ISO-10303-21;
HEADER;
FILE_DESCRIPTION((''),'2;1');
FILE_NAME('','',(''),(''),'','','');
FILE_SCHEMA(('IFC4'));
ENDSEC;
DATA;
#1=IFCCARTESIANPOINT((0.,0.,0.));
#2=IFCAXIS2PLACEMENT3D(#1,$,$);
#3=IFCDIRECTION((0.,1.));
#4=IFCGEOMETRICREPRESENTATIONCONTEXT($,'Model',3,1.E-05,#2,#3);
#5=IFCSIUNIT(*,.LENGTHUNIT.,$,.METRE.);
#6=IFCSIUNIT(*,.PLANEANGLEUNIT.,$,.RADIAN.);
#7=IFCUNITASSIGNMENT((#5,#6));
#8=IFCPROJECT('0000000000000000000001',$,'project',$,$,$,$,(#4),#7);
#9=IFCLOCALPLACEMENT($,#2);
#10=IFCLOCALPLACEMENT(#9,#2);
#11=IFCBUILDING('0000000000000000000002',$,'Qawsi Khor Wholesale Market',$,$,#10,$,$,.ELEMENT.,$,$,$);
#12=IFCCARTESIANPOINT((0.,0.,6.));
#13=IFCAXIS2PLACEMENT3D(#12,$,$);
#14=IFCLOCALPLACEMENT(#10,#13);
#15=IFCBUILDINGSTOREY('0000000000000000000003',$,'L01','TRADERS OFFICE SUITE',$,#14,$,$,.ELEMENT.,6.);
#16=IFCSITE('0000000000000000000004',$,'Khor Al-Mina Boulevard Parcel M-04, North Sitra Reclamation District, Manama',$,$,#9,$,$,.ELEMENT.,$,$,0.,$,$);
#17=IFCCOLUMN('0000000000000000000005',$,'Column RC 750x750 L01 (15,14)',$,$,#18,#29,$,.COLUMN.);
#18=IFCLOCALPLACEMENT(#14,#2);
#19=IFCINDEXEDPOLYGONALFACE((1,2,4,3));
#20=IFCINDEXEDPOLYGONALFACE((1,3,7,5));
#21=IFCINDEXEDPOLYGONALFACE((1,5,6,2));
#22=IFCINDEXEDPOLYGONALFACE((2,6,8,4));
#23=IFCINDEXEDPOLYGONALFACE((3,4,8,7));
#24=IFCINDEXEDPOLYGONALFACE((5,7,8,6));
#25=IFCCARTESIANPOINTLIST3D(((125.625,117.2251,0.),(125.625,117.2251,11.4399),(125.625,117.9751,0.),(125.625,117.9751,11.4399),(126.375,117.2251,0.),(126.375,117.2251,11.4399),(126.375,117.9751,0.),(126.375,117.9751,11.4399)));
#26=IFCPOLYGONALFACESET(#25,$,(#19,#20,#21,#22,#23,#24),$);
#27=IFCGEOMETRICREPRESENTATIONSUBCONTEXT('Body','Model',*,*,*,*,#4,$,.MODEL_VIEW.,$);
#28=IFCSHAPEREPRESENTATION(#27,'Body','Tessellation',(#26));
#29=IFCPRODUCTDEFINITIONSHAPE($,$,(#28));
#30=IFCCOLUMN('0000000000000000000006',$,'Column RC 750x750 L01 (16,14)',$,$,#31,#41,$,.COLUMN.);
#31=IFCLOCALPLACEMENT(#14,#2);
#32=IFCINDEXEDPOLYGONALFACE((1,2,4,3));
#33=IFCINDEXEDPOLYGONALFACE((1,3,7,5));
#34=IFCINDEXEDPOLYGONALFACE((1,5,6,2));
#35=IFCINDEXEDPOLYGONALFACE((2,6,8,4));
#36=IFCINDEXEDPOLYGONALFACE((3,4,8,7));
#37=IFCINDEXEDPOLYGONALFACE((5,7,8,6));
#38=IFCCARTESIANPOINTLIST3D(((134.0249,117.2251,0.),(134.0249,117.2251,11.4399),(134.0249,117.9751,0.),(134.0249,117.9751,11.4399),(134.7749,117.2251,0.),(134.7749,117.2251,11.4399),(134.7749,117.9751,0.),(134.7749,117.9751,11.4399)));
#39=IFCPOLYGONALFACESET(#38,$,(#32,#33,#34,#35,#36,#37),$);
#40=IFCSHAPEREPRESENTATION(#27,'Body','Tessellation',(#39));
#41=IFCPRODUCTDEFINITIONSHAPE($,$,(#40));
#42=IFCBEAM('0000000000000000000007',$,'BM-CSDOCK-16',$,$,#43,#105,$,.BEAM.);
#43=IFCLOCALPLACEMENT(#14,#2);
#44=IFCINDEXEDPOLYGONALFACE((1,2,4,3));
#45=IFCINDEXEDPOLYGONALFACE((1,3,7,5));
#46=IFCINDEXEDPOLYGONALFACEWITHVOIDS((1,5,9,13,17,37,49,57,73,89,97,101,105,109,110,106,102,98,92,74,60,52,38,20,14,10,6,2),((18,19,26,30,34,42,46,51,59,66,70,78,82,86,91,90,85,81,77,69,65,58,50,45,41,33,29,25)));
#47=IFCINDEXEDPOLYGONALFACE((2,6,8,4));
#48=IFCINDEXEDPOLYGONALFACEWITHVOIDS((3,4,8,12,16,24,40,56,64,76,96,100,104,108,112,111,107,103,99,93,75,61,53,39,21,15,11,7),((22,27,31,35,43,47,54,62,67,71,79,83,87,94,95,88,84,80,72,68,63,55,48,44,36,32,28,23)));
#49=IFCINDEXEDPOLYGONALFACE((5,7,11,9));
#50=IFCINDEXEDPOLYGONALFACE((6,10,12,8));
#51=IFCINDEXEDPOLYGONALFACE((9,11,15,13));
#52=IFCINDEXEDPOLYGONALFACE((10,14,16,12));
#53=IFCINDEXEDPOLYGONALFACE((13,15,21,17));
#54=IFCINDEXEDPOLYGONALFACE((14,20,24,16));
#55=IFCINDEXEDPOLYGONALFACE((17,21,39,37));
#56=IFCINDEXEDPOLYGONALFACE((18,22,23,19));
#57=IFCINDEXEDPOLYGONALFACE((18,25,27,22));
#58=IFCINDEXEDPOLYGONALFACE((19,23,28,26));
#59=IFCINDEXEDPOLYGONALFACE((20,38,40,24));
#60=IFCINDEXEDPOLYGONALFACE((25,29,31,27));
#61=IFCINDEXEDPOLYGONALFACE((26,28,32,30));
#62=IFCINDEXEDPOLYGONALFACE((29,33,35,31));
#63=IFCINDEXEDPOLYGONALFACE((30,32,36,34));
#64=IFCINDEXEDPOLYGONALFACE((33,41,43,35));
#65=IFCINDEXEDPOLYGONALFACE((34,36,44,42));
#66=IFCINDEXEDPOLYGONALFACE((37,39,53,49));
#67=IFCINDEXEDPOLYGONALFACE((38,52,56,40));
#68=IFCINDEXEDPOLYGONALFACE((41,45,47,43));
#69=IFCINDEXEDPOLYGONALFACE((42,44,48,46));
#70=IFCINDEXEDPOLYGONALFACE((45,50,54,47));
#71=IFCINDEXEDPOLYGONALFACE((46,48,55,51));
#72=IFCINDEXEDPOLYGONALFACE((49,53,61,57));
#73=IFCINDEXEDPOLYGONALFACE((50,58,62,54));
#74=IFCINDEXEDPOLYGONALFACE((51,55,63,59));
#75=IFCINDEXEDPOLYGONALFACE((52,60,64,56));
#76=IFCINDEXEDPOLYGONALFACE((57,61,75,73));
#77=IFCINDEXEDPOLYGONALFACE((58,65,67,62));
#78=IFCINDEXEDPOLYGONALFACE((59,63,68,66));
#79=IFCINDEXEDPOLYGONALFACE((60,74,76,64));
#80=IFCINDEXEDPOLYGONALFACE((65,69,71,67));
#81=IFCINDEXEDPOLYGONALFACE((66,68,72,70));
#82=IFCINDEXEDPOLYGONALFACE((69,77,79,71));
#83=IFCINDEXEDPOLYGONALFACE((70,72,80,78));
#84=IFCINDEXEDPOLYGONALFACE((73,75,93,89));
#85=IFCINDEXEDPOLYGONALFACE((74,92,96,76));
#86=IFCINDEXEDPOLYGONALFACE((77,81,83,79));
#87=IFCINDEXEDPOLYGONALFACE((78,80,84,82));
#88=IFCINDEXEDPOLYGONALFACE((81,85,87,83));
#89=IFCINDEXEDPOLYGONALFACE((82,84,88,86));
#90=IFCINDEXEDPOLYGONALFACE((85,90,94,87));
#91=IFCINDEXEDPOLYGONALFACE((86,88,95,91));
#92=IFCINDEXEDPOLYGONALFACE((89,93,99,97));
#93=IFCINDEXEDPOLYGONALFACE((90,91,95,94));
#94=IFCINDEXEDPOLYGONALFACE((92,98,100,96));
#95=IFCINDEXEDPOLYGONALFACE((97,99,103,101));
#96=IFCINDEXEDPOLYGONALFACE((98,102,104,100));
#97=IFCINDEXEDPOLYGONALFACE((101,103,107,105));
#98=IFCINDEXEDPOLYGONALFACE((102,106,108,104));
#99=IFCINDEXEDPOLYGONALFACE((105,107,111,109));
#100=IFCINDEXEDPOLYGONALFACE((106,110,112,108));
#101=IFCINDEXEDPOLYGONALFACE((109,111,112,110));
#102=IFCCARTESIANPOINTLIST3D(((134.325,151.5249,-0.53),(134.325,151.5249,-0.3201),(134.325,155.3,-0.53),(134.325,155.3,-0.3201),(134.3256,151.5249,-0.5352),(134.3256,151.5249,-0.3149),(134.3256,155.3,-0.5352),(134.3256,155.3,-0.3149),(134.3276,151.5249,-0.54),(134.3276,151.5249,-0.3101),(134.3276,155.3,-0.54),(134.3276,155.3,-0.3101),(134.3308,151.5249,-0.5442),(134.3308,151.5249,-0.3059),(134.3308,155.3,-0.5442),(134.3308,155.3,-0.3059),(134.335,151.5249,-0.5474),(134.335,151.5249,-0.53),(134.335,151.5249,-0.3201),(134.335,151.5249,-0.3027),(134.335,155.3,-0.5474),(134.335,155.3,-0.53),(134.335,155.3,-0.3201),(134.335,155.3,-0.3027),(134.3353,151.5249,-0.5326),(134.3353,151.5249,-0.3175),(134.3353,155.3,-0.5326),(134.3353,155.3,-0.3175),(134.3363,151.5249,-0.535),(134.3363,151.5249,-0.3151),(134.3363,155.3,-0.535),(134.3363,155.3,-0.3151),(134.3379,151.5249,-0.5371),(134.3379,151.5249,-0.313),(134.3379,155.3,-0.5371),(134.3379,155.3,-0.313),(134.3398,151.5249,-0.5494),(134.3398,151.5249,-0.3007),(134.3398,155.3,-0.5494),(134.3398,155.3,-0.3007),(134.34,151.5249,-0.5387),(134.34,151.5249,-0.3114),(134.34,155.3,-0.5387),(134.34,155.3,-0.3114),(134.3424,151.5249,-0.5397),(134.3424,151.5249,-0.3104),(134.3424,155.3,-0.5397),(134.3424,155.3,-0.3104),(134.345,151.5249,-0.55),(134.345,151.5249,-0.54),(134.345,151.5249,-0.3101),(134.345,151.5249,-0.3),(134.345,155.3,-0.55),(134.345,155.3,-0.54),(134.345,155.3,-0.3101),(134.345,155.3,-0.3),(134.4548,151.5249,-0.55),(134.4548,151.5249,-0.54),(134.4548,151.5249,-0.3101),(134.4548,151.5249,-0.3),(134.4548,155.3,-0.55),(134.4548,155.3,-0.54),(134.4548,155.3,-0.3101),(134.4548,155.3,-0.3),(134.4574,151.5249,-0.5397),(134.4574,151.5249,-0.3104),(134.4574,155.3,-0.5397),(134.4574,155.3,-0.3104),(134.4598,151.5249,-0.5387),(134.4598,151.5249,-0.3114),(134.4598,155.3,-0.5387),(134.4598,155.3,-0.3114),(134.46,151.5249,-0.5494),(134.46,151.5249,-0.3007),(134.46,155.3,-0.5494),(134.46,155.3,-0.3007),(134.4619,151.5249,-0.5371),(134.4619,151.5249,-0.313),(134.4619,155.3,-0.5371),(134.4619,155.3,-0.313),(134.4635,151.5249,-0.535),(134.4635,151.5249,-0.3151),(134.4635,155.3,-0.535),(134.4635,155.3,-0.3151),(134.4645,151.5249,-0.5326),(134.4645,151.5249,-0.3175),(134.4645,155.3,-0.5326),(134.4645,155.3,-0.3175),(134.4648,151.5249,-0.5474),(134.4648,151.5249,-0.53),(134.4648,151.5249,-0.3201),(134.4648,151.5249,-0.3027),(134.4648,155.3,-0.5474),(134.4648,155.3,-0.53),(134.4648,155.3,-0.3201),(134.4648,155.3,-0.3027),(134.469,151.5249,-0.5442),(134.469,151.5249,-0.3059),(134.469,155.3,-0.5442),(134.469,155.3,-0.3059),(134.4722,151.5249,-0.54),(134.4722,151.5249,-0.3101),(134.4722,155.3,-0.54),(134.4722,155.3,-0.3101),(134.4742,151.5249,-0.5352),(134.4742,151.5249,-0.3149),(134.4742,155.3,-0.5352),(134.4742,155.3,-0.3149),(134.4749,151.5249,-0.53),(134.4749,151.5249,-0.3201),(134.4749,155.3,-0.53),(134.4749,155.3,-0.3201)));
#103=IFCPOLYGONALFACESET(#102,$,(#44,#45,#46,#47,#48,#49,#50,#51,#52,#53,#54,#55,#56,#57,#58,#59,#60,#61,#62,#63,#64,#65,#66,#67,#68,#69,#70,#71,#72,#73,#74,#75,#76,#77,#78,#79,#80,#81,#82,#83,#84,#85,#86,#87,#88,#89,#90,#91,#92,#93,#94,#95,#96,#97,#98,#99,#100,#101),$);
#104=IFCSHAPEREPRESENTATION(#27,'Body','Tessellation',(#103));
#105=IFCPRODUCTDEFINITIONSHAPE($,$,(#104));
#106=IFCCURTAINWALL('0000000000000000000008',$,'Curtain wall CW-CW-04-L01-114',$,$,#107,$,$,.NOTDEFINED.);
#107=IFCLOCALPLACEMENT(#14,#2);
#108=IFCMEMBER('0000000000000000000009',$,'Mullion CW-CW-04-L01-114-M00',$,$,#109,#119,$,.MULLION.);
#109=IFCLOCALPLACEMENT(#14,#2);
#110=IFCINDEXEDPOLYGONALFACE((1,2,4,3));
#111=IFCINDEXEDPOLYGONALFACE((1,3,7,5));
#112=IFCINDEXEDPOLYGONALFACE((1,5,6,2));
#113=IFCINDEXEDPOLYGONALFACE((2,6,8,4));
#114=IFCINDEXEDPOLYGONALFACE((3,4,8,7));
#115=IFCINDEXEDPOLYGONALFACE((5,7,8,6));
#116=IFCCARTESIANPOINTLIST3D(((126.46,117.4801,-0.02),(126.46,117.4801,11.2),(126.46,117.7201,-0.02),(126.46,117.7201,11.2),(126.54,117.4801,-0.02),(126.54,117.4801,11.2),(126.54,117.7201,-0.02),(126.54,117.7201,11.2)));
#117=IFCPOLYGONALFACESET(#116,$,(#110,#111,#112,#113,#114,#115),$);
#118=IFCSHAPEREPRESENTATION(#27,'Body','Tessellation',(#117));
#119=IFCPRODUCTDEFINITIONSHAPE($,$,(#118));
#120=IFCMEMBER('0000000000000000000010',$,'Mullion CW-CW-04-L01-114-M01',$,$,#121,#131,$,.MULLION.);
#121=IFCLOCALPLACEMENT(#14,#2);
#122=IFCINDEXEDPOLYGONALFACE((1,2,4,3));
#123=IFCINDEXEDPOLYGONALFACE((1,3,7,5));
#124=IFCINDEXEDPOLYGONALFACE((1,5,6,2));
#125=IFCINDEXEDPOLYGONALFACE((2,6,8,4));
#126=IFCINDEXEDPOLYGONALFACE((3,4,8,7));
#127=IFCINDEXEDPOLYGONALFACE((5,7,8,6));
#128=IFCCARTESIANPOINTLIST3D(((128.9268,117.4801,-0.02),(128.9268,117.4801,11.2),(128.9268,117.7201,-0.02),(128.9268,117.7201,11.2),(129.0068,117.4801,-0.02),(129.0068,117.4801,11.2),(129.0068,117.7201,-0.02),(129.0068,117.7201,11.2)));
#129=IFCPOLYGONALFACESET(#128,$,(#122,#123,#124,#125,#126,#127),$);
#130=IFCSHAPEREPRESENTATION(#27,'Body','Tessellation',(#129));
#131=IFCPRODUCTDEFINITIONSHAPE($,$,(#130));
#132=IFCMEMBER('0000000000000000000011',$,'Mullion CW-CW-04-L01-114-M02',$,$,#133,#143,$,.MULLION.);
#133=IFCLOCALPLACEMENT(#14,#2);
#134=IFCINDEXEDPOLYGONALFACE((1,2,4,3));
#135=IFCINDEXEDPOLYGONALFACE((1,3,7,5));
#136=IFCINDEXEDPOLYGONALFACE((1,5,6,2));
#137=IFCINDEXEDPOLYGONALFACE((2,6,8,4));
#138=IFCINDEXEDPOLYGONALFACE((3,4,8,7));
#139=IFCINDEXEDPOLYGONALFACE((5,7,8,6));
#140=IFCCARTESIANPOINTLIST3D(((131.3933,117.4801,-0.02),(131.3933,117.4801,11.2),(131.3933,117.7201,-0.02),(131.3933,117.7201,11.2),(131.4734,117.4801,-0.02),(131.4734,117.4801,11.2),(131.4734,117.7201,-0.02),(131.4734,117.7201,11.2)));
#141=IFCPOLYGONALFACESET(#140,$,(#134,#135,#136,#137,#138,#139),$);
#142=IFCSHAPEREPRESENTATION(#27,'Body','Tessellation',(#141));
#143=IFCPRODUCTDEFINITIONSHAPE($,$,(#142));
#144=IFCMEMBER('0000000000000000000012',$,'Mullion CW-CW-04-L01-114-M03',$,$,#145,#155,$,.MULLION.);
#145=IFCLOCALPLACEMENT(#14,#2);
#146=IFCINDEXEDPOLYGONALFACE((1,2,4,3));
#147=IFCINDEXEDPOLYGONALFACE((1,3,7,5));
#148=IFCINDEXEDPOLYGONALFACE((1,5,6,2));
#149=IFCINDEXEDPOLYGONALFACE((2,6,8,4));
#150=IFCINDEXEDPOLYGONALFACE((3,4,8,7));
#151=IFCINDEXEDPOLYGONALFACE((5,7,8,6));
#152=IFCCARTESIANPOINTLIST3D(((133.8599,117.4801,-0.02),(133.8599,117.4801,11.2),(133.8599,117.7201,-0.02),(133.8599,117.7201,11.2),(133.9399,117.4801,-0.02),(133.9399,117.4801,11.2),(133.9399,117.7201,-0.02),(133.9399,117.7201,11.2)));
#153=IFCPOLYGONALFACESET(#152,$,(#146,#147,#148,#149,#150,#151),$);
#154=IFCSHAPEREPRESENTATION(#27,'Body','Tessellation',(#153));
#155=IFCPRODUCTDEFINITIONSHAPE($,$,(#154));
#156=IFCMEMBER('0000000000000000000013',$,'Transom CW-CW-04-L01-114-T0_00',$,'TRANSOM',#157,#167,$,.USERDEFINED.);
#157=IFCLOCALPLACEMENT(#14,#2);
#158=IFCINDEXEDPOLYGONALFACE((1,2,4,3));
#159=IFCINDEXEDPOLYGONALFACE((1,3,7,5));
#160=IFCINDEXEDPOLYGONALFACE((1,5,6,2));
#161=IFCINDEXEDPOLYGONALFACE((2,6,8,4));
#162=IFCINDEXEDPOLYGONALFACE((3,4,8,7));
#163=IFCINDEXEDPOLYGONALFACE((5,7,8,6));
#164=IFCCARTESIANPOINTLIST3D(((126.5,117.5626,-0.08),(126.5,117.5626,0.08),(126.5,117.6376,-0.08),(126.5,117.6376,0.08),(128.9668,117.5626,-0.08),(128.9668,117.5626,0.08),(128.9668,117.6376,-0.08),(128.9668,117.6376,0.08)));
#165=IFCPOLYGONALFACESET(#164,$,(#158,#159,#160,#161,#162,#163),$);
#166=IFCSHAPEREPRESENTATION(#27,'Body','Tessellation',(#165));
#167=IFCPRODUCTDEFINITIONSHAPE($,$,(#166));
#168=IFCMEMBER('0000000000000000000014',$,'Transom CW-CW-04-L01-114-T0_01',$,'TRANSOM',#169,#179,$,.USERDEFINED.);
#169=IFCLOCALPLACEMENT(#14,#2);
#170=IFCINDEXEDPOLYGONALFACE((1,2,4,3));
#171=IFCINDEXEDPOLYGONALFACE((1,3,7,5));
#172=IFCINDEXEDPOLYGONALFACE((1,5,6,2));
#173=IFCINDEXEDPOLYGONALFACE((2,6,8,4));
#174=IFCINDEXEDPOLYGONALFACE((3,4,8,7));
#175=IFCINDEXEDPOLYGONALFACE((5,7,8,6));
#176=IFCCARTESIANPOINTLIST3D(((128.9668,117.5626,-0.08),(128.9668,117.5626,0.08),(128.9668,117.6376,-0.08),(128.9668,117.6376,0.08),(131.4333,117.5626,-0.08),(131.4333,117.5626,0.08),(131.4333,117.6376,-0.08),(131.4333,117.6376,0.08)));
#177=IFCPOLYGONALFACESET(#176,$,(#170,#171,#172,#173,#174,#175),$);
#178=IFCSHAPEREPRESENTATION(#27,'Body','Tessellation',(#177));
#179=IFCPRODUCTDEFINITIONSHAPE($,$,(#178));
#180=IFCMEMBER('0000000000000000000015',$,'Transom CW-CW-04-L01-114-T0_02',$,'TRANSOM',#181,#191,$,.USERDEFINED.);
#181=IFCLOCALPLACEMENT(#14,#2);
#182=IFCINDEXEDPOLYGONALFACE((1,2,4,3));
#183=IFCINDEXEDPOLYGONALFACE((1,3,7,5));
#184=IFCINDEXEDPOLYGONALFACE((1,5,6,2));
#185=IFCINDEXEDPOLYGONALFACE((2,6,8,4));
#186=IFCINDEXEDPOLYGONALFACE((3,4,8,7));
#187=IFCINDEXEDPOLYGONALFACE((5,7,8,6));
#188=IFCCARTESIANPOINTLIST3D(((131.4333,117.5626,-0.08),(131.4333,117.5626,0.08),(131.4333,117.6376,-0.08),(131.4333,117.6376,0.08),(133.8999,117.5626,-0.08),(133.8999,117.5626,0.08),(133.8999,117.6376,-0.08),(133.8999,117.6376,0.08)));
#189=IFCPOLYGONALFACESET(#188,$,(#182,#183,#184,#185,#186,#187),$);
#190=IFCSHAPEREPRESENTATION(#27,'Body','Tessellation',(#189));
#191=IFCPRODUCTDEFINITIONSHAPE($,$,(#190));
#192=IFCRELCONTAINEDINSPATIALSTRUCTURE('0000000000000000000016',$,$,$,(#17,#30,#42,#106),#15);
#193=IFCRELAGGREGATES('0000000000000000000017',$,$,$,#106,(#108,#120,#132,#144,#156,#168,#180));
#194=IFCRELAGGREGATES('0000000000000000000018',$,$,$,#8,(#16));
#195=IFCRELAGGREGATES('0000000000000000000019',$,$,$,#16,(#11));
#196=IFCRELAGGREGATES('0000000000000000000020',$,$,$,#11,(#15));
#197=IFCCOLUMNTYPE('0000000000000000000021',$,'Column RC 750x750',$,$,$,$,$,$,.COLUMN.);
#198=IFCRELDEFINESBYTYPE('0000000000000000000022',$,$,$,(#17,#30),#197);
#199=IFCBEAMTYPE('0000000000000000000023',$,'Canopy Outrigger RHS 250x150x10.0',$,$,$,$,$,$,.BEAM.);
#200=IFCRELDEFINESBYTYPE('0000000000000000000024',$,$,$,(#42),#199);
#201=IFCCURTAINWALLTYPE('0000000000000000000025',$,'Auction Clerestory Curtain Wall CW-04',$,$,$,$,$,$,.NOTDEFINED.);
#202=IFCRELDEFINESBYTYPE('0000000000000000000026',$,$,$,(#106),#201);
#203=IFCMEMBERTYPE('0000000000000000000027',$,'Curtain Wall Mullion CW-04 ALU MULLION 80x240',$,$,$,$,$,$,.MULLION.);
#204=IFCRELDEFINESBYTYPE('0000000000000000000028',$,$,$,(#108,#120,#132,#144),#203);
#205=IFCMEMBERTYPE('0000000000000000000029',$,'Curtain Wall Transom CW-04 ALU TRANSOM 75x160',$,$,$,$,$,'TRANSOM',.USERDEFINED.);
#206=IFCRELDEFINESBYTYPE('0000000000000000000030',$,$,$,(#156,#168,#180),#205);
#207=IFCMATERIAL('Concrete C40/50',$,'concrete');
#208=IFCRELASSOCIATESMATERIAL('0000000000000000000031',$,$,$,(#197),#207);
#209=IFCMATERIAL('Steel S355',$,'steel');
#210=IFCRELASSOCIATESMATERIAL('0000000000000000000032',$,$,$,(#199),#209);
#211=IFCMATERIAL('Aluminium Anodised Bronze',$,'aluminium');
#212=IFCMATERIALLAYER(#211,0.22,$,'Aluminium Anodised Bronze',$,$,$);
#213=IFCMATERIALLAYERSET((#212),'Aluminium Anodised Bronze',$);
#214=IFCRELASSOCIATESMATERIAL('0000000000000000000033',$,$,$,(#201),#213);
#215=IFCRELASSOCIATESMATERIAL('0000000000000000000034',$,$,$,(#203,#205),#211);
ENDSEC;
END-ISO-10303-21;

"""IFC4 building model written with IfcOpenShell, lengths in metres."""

from ifc_helpers import new_model, si_unit, direction, frame, origin, origin_2d, place, context, subcontext, project, spatial, rectangle, hollow_rectangle, extrude, material, layer, layer_set, material_profile, profile_set, type_object, element, aggregate, save


model = new_model("IFC4")

# Units and contexts
model_context = context("Model", 3, precision=1e-05, world=origin(), true_north=direction((0.0, 1.0)))
body_context = subcontext(model_context, "Body", "Model", "MODEL_VIEW")
ifc_project = project(units=[si_unit("LENGTHUNIT", "METRE"), si_unit("PLANEANGLEUNIT", "RADIAN")], contexts=[model_context])

# Site, building, storey
site_placement = place(None, origin())
site = spatial("IfcSite", under=ifc_project, at=site_placement, Name="Khor Al-Mina Boulevard Parcel M-04, North Sitra Reclamation District, Manama", CompositionType="ELEMENT", RefElevation=0.0)
building_placement = place(site_placement, origin())
building = spatial("IfcBuilding", under=site, at=building_placement, Name="Qawsi Khor Wholesale Market", CompositionType="ELEMENT")
storey_placement = place(building_placement, frame((0.0, 0.0, 6.0)))
storey = spatial("IfcBuildingStorey", under=building, at=storey_placement, Name="L01", Description="TRADERS OFFICE SUITE", CompositionType="ELEMENT", Elevation=6.0)

# Columns
ifc_material_1 = material(Name="Concrete C40/50", Category="concrete")
ifc_material_profile_1 = material_profile(ifc_material_1, rectangle(XDim=0.75, YDim=0.75, at=origin_2d()), Name="RC 750x750")
ifc_profile_set_1 = profile_set([ifc_material_profile_1], Name="Concrete C40/50")
column_type = type_object("IfcColumnType", Name="Column RC 750x750", PredefinedType="COLUMN", material=ifc_profile_set_1)
for number, where, z_axis, x_axis, name in (
    (1, (126.0, 117.6001, 0.0), (0.0, 0.0, 1.0), (1.0, 0.0, 0.0), "Column RC 750x750 L01 (15,14)"),
    (2, (134.3999, 117.6001, 0.0), (0.0, 0.0, 1.0), (1.0, 0.0, 0.0), "Column RC 750x750 L01 (16,14)"),
):
    element("IfcColumn", number, at=place(storey_placement, frame(where, z_axis=z_axis, x_axis=x_axis)), inside=storey, type_object=column_type, Name=name, PredefinedType="COLUMN", context=body_context, shape_type="SweptSolid", body=[
        extrude(rectangle(XDim=0.75, YDim=0.75, at=origin_2d()), origin(), (0.0, 0.0, 1.0), 11.4399),
    ])

# Beam
ifc_material_2 = material(Name="Steel S355", Category="steel")
ifc_material_profile_2 = material_profile(ifc_material_2, hollow_rectangle(XDim=0.1499, YDim=0.25, WallThickness=0.01, InnerFilletRadius=0.01, OuterFilletRadius=0.02, at=origin_2d()), Name="RHS 250x150x10.0")
ifc_profile_set_2 = profile_set([ifc_material_profile_2], Name="Steel S355")
beam_type_1 = type_object("IfcBeamType", Name="Canopy Outrigger RHS 250x150x10.0", PredefinedType="BEAM", material=ifc_profile_set_2)
beam_1_placement = place(storey_placement, frame((134.3999, 151.5249, -0.425), z_axis=(0.0, 1.0, 0.0), x_axis=(-1.0, 0.0, 0.0)))
element("IfcBeam", 3, at=beam_1_placement, inside=storey, type_object=beam_type_1, Name="BM-CSDOCK-16", PredefinedType="BEAM", context=body_context, shape_type="SweptSolid", body=[
    extrude(hollow_rectangle(XDim=0.1499, YDim=0.25, WallThickness=0.01, InnerFilletRadius=0.01, OuterFilletRadius=0.02, at=origin_2d()), origin(), (0.0, 0.0, 1.0), 3.7751),
])

# Curtain wall, members
ifc_material_3 = material(Name="Aluminium Anodised Bronze", Category="aluminium")
ifc_layer_1 = layer(ifc_material_3, 0.22, Name="Aluminium Anodised Bronze")
ifc_layer_set_1 = layer_set([ifc_layer_1], Name="Aluminium Anodised Bronze")
curtain_wall_type = type_object("IfcCurtainWallType", Name="Auction Clerestory Curtain Wall CW-04", PredefinedType="NOTDEFINED", material=ifc_layer_set_1)
curtain_wall_placement = place(storey_placement, origin())
curtain_wall = element("IfcCurtainWall", 4, at=curtain_wall_placement, inside=storey, type_object=curtain_wall_type, Name="Curtain wall CW-CW-04-L01-114", PredefinedType="NOTDEFINED")
ifc_material_profile_3 = material_profile(ifc_material_3, rectangle(XDim=0.0801, YDim=0.24, at=origin_2d()), Name="ALU MULLION 80x240")
ifc_profile_set_3 = profile_set([ifc_material_profile_3], Name="Aluminium Anodised Bronze")
member_type_1 = type_object("IfcMemberType", Name="Curtain Wall Mullion CW-04 ALU MULLION 80x240", PredefinedType="MULLION", material=ifc_profile_set_3)
member_1_placement = place(storey_placement, frame((126.5, 117.6001, -0.02), z_axis=(0.0, 0.0, 1.0), x_axis=(1.0, 0.0, 0.0)))
member_1 = element("IfcMember", 5, at=member_1_placement, type_object=member_type_1, Name="Mullion CW-CW-04-L01-114-M00", PredefinedType="MULLION", context=body_context, shape_type="SweptSolid", body=[
    extrude(rectangle(XDim=0.0801, YDim=0.24, at=origin_2d()), origin(), (0.0, 0.0, 1.0), 11.22),
])
member_2_placement = place(storey_placement, frame((128.9668, 117.6001, -0.02), z_axis=(0.0, 0.0, 1.0), x_axis=(1.0, 0.0, 0.0)))
member_2 = element("IfcMember", 6, at=member_2_placement, type_object=member_type_1, Name="Mullion CW-CW-04-L01-114-M01", PredefinedType="MULLION", context=body_context, shape_type="SweptSolid", body=[
    extrude(rectangle(XDim=0.0801, YDim=0.24, at=origin_2d()), origin(), (0.0, 0.0, 1.0), 11.22),
])
member_3_placement = place(storey_placement, frame((131.4333, 117.6001, -0.02), z_axis=(0.0, 0.0, 1.0), x_axis=(1.0, 0.0, 0.0)))
member_3 = element("IfcMember", 7, at=member_3_placement, type_object=member_type_1, Name="Mullion CW-CW-04-L01-114-M02", PredefinedType="MULLION", context=body_context, shape_type="SweptSolid", body=[
    extrude(rectangle(XDim=0.0801, YDim=0.24, at=origin_2d()), origin(), (0.0, 0.0, 1.0), 11.22),
])
member_4_placement = place(storey_placement, frame((133.8999, 117.6001, -0.02), z_axis=(0.0, 0.0, 1.0), x_axis=(1.0, 0.0, 0.0)))
member_4 = element("IfcMember", 8, at=member_4_placement, type_object=member_type_1, Name="Mullion CW-CW-04-L01-114-M03", PredefinedType="MULLION", context=body_context, shape_type="SweptSolid", body=[
    extrude(rectangle(XDim=0.0801, YDim=0.24, at=origin_2d()), origin(), (0.0, 0.0, 1.0), 11.22),
])
ifc_material_profile_4 = material_profile(ifc_material_3, rectangle(XDim=0.075, YDim=0.1599, at=origin_2d()), Name="ALU TRANSOM 75x160")
ifc_profile_set_4 = profile_set([ifc_material_profile_4], Name="Aluminium Anodised Bronze")
member_type_2 = type_object("IfcMemberType", Name="Curtain Wall Transom CW-04 ALU TRANSOM 75x160", ElementType="TRANSOM", PredefinedType="USERDEFINED", material=ifc_profile_set_4)
member_5_placement = place(storey_placement, frame((126.5, 117.6001, 0.0), z_axis=(1.0, 0.0, 0.0), x_axis=(0.0, 1.0, 0.0)))
member_5 = element("IfcMember", 9, at=member_5_placement, type_object=member_type_2, Name="Transom CW-CW-04-L01-114-T0_00", ObjectType="TRANSOM", PredefinedType="USERDEFINED", context=body_context, shape_type="SweptSolid", body=[
    extrude(rectangle(XDim=0.075, YDim=0.1599, at=origin_2d()), origin(), (0.0, 0.0, 1.0), 2.4668),
])
member_6_placement = place(storey_placement, frame((128.9668, 117.6001, 0.0), z_axis=(1.0, 0.0, 0.0), x_axis=(0.0, 1.0, 0.0)))
member_6 = element("IfcMember", 10, at=member_6_placement, type_object=member_type_2, Name="Transom CW-CW-04-L01-114-T0_01", ObjectType="TRANSOM", PredefinedType="USERDEFINED", context=body_context, shape_type="SweptSolid", body=[
    extrude(rectangle(XDim=0.075, YDim=0.1599, at=origin_2d()), origin(), (0.0, 0.0, 1.0), 2.4666),
])
member_7_placement = place(storey_placement, frame((131.4333, 117.6001, 0.0), z_axis=(1.0, 0.0, 0.0), x_axis=(0.0, 1.0, 0.0)))
member_7 = element("IfcMember", 11, at=member_7_placement, type_object=member_type_2, Name="Transom CW-CW-04-L01-114-T0_02", ObjectType="TRANSOM", PredefinedType="USERDEFINED", context=body_context, shape_type="SweptSolid", body=[
    extrude(rectangle(XDim=0.075, YDim=0.1599, at=origin_2d()), origin(), (0.0, 0.0, 1.0), 2.4666),
])

aggregate(curtain_wall, [member_1, member_2, member_3, member_4, member_5, member_6, member_7])

save(model, "model.ifc")
